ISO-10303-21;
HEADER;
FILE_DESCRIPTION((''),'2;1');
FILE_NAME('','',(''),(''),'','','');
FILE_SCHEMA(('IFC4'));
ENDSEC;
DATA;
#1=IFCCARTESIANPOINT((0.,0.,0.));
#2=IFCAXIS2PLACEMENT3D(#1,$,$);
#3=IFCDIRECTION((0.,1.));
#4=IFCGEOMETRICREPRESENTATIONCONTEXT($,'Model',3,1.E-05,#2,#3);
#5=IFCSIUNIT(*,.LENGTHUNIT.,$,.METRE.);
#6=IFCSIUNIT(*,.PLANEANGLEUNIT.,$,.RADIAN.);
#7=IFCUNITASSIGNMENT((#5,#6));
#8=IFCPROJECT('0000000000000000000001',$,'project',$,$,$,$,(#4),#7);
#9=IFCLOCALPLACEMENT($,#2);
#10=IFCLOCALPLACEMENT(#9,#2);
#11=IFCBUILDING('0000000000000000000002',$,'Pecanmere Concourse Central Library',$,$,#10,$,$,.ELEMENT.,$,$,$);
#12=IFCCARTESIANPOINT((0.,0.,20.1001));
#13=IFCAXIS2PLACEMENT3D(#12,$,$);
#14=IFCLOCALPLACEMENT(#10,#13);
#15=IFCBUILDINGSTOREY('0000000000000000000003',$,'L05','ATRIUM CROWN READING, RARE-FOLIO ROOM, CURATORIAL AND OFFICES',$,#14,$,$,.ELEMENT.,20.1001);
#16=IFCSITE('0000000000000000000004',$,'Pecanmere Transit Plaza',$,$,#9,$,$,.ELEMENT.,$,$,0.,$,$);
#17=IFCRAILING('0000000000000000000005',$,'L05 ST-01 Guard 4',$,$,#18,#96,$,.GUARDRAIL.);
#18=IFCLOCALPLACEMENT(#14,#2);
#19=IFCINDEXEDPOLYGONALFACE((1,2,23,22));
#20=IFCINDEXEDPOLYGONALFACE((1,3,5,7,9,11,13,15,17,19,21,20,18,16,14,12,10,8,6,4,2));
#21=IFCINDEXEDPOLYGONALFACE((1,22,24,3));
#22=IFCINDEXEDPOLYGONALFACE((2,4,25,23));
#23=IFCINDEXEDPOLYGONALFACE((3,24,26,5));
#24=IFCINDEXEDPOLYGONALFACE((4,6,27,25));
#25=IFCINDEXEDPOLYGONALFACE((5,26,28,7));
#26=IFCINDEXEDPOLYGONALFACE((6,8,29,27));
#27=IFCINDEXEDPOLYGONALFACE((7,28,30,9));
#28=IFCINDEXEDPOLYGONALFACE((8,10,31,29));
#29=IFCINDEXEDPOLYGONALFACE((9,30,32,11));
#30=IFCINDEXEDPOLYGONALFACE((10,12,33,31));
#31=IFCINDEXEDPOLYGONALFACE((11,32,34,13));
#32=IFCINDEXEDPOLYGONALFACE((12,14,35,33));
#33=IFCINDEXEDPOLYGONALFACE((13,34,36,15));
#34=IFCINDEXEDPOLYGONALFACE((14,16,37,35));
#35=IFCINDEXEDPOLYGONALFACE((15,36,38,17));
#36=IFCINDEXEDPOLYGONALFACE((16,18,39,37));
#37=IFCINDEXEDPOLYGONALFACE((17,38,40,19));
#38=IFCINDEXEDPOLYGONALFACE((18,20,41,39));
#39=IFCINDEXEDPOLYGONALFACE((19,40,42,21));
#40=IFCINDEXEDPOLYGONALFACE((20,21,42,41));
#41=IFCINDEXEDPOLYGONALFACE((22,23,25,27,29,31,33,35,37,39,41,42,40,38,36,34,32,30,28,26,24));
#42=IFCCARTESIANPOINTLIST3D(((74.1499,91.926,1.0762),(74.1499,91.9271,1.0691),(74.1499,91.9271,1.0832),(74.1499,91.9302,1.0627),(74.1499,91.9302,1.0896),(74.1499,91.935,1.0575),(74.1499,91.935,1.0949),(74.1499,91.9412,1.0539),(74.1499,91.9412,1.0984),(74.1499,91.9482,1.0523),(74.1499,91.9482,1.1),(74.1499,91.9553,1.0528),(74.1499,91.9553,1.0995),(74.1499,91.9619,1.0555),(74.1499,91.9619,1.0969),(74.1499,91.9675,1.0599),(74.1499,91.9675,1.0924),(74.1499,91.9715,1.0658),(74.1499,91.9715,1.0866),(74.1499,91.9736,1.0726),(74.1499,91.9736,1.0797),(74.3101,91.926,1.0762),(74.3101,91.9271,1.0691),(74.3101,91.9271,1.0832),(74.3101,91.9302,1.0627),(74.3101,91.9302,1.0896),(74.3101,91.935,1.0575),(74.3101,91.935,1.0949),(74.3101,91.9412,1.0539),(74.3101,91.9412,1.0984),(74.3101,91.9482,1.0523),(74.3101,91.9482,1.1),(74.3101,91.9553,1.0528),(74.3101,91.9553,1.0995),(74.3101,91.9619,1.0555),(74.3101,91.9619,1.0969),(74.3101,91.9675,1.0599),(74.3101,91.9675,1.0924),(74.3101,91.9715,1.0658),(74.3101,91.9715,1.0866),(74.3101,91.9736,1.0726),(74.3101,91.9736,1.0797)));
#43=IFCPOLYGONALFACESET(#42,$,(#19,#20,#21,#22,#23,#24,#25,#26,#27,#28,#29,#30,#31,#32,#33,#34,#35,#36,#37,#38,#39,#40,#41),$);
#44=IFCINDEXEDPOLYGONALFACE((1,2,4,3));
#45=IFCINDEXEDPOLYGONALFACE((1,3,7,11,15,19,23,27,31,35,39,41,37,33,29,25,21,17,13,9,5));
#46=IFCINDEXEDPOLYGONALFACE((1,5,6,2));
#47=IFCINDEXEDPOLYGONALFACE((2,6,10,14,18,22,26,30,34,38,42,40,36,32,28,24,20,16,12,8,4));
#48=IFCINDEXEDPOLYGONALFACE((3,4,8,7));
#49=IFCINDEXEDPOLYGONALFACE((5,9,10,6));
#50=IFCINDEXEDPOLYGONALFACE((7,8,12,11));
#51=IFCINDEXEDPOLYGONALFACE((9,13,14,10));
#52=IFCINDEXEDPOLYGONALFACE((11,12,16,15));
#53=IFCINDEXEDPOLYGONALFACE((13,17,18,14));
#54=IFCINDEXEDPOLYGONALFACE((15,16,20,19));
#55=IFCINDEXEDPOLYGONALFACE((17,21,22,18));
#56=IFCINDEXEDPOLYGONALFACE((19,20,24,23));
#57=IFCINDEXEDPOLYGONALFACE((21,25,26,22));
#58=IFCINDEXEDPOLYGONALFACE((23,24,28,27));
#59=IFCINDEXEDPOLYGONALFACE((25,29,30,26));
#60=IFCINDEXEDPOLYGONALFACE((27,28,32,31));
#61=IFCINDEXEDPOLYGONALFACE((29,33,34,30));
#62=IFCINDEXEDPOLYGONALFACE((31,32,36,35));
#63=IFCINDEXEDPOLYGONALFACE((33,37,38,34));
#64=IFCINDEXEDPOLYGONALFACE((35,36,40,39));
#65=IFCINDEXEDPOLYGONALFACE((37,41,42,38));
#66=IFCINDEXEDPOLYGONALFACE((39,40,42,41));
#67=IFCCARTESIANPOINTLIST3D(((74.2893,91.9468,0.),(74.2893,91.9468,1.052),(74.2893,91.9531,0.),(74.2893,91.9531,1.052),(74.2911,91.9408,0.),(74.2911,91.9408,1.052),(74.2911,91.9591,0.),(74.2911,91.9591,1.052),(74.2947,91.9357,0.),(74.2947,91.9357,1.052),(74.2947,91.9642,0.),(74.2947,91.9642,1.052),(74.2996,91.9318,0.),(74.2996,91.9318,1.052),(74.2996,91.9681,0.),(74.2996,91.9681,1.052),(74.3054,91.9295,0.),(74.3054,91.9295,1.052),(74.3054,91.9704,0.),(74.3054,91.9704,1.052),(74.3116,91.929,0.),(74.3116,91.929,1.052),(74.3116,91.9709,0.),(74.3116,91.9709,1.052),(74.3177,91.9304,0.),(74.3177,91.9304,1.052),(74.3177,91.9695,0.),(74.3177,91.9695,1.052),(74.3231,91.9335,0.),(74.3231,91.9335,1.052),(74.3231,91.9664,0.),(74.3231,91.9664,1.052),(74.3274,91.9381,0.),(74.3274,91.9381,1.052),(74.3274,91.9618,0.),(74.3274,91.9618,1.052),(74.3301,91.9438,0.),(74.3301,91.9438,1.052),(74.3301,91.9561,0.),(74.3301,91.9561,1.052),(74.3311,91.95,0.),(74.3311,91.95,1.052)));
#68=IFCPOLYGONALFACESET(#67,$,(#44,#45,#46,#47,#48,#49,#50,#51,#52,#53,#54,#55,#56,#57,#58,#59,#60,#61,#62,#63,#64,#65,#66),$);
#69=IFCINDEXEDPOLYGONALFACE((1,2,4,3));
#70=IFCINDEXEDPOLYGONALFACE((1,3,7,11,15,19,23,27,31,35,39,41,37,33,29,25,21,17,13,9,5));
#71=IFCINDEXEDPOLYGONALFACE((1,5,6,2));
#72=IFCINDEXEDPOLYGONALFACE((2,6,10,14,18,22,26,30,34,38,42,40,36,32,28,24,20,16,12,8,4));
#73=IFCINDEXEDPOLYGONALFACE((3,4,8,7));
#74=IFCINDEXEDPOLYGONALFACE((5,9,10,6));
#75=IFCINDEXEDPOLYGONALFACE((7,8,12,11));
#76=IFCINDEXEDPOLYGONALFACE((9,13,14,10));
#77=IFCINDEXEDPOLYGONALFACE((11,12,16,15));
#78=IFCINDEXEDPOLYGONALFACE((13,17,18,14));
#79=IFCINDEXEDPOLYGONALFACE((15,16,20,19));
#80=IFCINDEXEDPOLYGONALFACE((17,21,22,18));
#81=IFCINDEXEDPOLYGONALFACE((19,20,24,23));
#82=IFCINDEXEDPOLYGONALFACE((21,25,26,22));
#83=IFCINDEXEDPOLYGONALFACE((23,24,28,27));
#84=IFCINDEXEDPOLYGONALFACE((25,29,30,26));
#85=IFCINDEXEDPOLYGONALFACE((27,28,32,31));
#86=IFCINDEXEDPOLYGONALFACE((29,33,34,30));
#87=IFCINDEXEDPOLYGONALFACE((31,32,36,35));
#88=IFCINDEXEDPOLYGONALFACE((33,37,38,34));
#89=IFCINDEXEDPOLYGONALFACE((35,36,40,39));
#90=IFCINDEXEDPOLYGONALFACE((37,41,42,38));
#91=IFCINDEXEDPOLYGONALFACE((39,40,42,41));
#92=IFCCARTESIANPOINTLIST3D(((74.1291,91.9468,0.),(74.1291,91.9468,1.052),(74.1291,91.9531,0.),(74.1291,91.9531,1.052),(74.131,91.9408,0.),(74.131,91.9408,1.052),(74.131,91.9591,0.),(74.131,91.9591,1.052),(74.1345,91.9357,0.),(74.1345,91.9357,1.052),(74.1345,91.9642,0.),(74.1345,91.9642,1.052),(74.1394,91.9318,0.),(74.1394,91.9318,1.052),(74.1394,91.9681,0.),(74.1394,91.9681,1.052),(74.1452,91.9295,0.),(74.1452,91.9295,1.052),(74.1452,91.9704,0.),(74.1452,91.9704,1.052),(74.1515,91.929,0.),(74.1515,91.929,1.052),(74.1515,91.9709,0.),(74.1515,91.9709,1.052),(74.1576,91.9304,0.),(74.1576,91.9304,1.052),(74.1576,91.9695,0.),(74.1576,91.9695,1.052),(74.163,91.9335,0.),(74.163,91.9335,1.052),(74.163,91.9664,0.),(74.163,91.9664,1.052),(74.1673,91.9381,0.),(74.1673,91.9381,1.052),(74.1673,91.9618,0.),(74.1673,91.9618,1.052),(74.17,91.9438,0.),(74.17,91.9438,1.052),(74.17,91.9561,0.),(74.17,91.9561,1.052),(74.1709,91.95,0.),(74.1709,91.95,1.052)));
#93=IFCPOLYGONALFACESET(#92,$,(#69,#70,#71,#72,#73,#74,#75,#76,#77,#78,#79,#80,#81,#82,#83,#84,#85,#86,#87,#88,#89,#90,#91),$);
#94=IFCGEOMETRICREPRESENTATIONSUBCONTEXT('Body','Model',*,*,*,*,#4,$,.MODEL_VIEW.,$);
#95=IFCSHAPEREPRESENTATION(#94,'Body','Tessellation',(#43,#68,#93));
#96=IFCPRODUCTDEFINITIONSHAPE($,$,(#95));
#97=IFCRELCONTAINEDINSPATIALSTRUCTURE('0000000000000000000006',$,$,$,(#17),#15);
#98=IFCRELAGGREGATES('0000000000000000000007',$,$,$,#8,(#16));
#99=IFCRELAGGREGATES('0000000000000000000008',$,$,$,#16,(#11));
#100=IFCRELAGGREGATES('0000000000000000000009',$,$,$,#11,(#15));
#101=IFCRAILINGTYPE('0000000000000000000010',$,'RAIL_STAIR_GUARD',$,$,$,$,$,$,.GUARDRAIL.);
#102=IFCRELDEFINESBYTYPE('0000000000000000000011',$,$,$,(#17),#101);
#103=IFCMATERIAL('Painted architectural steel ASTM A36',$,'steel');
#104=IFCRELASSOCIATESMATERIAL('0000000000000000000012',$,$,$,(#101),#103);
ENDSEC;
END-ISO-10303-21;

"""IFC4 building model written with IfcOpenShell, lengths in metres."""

from ifc_helpers import new_model, si_unit, direction, frame, origin, origin_2d, place, context, subcontext, project, spatial, circle, extrude, material, type_object, element, save


model = new_model("IFC4")

# Units and contexts
model_context = context("Model", 3, precision=1e-05, world=origin(), true_north=direction((0.0, 1.0)))
body_context = subcontext(model_context, "Body", "Model", "MODEL_VIEW")
ifc_project = project(units=[si_unit("LENGTHUNIT", "METRE"), si_unit("PLANEANGLEUNIT", "RADIAN")], contexts=[model_context])

# Site, building, storey
site_placement = place(None, origin())
site = spatial("IfcSite", under=ifc_project, at=site_placement, Name="Pecanmere Transit Plaza", CompositionType="ELEMENT", RefElevation=0.0)
building_placement = place(site_placement, origin())
building = spatial("IfcBuilding", under=site, at=building_placement, Name="Pecanmere Concourse Central Library", CompositionType="ELEMENT")
storey_placement = place(building_placement, frame((0.0, 0.0, 20.1001)))
storey = spatial("IfcBuildingStorey", under=building, at=storey_placement, Name="L05", Description="ATRIUM CROWN READING, RARE-FOLIO ROOM, CURATORIAL AND OFFICES", CompositionType="ELEMENT", Elevation=20.1001)

# Railing
ifc_material_1 = material(Name="Painted architectural steel ASTM A36", Category="steel")
railing_type_1 = type_object("IfcRailingType", Name="RAIL_STAIR_GUARD", PredefinedType="GUARDRAIL", material=ifc_material_1)
railing_1_placement = place(storey_placement, frame((74.3101, 91.95, 0.0)))
element("IfcRailing", 1, at=railing_1_placement, inside=storey, type_object=railing_type_1, Name="L05 ST-01 Guard 4", PredefinedType="GUARDRAIL", context=body_context, shape_type="SweptSolid", body=[
    extrude(circle(Radius=0.0239, at=origin_2d()), frame((0.0, 0.0, 1.0762), z_axis=(-1.0, 0.0, 0.0), x_axis=(0.0, -1.0, 0.0)), (0.0, 0.0, 1.0), 0.1602),
    extrude(circle(Radius=0.021, at=origin_2d()), origin(), (0.0, 0.0, 1.0), 1.052),
    extrude(circle(Radius=0.021, at=origin_2d()), frame((-0.1602, 0.0, 0.0)), (0.0, 0.0, 1.0), 1.052),
])

save(model, "model.ifc")
